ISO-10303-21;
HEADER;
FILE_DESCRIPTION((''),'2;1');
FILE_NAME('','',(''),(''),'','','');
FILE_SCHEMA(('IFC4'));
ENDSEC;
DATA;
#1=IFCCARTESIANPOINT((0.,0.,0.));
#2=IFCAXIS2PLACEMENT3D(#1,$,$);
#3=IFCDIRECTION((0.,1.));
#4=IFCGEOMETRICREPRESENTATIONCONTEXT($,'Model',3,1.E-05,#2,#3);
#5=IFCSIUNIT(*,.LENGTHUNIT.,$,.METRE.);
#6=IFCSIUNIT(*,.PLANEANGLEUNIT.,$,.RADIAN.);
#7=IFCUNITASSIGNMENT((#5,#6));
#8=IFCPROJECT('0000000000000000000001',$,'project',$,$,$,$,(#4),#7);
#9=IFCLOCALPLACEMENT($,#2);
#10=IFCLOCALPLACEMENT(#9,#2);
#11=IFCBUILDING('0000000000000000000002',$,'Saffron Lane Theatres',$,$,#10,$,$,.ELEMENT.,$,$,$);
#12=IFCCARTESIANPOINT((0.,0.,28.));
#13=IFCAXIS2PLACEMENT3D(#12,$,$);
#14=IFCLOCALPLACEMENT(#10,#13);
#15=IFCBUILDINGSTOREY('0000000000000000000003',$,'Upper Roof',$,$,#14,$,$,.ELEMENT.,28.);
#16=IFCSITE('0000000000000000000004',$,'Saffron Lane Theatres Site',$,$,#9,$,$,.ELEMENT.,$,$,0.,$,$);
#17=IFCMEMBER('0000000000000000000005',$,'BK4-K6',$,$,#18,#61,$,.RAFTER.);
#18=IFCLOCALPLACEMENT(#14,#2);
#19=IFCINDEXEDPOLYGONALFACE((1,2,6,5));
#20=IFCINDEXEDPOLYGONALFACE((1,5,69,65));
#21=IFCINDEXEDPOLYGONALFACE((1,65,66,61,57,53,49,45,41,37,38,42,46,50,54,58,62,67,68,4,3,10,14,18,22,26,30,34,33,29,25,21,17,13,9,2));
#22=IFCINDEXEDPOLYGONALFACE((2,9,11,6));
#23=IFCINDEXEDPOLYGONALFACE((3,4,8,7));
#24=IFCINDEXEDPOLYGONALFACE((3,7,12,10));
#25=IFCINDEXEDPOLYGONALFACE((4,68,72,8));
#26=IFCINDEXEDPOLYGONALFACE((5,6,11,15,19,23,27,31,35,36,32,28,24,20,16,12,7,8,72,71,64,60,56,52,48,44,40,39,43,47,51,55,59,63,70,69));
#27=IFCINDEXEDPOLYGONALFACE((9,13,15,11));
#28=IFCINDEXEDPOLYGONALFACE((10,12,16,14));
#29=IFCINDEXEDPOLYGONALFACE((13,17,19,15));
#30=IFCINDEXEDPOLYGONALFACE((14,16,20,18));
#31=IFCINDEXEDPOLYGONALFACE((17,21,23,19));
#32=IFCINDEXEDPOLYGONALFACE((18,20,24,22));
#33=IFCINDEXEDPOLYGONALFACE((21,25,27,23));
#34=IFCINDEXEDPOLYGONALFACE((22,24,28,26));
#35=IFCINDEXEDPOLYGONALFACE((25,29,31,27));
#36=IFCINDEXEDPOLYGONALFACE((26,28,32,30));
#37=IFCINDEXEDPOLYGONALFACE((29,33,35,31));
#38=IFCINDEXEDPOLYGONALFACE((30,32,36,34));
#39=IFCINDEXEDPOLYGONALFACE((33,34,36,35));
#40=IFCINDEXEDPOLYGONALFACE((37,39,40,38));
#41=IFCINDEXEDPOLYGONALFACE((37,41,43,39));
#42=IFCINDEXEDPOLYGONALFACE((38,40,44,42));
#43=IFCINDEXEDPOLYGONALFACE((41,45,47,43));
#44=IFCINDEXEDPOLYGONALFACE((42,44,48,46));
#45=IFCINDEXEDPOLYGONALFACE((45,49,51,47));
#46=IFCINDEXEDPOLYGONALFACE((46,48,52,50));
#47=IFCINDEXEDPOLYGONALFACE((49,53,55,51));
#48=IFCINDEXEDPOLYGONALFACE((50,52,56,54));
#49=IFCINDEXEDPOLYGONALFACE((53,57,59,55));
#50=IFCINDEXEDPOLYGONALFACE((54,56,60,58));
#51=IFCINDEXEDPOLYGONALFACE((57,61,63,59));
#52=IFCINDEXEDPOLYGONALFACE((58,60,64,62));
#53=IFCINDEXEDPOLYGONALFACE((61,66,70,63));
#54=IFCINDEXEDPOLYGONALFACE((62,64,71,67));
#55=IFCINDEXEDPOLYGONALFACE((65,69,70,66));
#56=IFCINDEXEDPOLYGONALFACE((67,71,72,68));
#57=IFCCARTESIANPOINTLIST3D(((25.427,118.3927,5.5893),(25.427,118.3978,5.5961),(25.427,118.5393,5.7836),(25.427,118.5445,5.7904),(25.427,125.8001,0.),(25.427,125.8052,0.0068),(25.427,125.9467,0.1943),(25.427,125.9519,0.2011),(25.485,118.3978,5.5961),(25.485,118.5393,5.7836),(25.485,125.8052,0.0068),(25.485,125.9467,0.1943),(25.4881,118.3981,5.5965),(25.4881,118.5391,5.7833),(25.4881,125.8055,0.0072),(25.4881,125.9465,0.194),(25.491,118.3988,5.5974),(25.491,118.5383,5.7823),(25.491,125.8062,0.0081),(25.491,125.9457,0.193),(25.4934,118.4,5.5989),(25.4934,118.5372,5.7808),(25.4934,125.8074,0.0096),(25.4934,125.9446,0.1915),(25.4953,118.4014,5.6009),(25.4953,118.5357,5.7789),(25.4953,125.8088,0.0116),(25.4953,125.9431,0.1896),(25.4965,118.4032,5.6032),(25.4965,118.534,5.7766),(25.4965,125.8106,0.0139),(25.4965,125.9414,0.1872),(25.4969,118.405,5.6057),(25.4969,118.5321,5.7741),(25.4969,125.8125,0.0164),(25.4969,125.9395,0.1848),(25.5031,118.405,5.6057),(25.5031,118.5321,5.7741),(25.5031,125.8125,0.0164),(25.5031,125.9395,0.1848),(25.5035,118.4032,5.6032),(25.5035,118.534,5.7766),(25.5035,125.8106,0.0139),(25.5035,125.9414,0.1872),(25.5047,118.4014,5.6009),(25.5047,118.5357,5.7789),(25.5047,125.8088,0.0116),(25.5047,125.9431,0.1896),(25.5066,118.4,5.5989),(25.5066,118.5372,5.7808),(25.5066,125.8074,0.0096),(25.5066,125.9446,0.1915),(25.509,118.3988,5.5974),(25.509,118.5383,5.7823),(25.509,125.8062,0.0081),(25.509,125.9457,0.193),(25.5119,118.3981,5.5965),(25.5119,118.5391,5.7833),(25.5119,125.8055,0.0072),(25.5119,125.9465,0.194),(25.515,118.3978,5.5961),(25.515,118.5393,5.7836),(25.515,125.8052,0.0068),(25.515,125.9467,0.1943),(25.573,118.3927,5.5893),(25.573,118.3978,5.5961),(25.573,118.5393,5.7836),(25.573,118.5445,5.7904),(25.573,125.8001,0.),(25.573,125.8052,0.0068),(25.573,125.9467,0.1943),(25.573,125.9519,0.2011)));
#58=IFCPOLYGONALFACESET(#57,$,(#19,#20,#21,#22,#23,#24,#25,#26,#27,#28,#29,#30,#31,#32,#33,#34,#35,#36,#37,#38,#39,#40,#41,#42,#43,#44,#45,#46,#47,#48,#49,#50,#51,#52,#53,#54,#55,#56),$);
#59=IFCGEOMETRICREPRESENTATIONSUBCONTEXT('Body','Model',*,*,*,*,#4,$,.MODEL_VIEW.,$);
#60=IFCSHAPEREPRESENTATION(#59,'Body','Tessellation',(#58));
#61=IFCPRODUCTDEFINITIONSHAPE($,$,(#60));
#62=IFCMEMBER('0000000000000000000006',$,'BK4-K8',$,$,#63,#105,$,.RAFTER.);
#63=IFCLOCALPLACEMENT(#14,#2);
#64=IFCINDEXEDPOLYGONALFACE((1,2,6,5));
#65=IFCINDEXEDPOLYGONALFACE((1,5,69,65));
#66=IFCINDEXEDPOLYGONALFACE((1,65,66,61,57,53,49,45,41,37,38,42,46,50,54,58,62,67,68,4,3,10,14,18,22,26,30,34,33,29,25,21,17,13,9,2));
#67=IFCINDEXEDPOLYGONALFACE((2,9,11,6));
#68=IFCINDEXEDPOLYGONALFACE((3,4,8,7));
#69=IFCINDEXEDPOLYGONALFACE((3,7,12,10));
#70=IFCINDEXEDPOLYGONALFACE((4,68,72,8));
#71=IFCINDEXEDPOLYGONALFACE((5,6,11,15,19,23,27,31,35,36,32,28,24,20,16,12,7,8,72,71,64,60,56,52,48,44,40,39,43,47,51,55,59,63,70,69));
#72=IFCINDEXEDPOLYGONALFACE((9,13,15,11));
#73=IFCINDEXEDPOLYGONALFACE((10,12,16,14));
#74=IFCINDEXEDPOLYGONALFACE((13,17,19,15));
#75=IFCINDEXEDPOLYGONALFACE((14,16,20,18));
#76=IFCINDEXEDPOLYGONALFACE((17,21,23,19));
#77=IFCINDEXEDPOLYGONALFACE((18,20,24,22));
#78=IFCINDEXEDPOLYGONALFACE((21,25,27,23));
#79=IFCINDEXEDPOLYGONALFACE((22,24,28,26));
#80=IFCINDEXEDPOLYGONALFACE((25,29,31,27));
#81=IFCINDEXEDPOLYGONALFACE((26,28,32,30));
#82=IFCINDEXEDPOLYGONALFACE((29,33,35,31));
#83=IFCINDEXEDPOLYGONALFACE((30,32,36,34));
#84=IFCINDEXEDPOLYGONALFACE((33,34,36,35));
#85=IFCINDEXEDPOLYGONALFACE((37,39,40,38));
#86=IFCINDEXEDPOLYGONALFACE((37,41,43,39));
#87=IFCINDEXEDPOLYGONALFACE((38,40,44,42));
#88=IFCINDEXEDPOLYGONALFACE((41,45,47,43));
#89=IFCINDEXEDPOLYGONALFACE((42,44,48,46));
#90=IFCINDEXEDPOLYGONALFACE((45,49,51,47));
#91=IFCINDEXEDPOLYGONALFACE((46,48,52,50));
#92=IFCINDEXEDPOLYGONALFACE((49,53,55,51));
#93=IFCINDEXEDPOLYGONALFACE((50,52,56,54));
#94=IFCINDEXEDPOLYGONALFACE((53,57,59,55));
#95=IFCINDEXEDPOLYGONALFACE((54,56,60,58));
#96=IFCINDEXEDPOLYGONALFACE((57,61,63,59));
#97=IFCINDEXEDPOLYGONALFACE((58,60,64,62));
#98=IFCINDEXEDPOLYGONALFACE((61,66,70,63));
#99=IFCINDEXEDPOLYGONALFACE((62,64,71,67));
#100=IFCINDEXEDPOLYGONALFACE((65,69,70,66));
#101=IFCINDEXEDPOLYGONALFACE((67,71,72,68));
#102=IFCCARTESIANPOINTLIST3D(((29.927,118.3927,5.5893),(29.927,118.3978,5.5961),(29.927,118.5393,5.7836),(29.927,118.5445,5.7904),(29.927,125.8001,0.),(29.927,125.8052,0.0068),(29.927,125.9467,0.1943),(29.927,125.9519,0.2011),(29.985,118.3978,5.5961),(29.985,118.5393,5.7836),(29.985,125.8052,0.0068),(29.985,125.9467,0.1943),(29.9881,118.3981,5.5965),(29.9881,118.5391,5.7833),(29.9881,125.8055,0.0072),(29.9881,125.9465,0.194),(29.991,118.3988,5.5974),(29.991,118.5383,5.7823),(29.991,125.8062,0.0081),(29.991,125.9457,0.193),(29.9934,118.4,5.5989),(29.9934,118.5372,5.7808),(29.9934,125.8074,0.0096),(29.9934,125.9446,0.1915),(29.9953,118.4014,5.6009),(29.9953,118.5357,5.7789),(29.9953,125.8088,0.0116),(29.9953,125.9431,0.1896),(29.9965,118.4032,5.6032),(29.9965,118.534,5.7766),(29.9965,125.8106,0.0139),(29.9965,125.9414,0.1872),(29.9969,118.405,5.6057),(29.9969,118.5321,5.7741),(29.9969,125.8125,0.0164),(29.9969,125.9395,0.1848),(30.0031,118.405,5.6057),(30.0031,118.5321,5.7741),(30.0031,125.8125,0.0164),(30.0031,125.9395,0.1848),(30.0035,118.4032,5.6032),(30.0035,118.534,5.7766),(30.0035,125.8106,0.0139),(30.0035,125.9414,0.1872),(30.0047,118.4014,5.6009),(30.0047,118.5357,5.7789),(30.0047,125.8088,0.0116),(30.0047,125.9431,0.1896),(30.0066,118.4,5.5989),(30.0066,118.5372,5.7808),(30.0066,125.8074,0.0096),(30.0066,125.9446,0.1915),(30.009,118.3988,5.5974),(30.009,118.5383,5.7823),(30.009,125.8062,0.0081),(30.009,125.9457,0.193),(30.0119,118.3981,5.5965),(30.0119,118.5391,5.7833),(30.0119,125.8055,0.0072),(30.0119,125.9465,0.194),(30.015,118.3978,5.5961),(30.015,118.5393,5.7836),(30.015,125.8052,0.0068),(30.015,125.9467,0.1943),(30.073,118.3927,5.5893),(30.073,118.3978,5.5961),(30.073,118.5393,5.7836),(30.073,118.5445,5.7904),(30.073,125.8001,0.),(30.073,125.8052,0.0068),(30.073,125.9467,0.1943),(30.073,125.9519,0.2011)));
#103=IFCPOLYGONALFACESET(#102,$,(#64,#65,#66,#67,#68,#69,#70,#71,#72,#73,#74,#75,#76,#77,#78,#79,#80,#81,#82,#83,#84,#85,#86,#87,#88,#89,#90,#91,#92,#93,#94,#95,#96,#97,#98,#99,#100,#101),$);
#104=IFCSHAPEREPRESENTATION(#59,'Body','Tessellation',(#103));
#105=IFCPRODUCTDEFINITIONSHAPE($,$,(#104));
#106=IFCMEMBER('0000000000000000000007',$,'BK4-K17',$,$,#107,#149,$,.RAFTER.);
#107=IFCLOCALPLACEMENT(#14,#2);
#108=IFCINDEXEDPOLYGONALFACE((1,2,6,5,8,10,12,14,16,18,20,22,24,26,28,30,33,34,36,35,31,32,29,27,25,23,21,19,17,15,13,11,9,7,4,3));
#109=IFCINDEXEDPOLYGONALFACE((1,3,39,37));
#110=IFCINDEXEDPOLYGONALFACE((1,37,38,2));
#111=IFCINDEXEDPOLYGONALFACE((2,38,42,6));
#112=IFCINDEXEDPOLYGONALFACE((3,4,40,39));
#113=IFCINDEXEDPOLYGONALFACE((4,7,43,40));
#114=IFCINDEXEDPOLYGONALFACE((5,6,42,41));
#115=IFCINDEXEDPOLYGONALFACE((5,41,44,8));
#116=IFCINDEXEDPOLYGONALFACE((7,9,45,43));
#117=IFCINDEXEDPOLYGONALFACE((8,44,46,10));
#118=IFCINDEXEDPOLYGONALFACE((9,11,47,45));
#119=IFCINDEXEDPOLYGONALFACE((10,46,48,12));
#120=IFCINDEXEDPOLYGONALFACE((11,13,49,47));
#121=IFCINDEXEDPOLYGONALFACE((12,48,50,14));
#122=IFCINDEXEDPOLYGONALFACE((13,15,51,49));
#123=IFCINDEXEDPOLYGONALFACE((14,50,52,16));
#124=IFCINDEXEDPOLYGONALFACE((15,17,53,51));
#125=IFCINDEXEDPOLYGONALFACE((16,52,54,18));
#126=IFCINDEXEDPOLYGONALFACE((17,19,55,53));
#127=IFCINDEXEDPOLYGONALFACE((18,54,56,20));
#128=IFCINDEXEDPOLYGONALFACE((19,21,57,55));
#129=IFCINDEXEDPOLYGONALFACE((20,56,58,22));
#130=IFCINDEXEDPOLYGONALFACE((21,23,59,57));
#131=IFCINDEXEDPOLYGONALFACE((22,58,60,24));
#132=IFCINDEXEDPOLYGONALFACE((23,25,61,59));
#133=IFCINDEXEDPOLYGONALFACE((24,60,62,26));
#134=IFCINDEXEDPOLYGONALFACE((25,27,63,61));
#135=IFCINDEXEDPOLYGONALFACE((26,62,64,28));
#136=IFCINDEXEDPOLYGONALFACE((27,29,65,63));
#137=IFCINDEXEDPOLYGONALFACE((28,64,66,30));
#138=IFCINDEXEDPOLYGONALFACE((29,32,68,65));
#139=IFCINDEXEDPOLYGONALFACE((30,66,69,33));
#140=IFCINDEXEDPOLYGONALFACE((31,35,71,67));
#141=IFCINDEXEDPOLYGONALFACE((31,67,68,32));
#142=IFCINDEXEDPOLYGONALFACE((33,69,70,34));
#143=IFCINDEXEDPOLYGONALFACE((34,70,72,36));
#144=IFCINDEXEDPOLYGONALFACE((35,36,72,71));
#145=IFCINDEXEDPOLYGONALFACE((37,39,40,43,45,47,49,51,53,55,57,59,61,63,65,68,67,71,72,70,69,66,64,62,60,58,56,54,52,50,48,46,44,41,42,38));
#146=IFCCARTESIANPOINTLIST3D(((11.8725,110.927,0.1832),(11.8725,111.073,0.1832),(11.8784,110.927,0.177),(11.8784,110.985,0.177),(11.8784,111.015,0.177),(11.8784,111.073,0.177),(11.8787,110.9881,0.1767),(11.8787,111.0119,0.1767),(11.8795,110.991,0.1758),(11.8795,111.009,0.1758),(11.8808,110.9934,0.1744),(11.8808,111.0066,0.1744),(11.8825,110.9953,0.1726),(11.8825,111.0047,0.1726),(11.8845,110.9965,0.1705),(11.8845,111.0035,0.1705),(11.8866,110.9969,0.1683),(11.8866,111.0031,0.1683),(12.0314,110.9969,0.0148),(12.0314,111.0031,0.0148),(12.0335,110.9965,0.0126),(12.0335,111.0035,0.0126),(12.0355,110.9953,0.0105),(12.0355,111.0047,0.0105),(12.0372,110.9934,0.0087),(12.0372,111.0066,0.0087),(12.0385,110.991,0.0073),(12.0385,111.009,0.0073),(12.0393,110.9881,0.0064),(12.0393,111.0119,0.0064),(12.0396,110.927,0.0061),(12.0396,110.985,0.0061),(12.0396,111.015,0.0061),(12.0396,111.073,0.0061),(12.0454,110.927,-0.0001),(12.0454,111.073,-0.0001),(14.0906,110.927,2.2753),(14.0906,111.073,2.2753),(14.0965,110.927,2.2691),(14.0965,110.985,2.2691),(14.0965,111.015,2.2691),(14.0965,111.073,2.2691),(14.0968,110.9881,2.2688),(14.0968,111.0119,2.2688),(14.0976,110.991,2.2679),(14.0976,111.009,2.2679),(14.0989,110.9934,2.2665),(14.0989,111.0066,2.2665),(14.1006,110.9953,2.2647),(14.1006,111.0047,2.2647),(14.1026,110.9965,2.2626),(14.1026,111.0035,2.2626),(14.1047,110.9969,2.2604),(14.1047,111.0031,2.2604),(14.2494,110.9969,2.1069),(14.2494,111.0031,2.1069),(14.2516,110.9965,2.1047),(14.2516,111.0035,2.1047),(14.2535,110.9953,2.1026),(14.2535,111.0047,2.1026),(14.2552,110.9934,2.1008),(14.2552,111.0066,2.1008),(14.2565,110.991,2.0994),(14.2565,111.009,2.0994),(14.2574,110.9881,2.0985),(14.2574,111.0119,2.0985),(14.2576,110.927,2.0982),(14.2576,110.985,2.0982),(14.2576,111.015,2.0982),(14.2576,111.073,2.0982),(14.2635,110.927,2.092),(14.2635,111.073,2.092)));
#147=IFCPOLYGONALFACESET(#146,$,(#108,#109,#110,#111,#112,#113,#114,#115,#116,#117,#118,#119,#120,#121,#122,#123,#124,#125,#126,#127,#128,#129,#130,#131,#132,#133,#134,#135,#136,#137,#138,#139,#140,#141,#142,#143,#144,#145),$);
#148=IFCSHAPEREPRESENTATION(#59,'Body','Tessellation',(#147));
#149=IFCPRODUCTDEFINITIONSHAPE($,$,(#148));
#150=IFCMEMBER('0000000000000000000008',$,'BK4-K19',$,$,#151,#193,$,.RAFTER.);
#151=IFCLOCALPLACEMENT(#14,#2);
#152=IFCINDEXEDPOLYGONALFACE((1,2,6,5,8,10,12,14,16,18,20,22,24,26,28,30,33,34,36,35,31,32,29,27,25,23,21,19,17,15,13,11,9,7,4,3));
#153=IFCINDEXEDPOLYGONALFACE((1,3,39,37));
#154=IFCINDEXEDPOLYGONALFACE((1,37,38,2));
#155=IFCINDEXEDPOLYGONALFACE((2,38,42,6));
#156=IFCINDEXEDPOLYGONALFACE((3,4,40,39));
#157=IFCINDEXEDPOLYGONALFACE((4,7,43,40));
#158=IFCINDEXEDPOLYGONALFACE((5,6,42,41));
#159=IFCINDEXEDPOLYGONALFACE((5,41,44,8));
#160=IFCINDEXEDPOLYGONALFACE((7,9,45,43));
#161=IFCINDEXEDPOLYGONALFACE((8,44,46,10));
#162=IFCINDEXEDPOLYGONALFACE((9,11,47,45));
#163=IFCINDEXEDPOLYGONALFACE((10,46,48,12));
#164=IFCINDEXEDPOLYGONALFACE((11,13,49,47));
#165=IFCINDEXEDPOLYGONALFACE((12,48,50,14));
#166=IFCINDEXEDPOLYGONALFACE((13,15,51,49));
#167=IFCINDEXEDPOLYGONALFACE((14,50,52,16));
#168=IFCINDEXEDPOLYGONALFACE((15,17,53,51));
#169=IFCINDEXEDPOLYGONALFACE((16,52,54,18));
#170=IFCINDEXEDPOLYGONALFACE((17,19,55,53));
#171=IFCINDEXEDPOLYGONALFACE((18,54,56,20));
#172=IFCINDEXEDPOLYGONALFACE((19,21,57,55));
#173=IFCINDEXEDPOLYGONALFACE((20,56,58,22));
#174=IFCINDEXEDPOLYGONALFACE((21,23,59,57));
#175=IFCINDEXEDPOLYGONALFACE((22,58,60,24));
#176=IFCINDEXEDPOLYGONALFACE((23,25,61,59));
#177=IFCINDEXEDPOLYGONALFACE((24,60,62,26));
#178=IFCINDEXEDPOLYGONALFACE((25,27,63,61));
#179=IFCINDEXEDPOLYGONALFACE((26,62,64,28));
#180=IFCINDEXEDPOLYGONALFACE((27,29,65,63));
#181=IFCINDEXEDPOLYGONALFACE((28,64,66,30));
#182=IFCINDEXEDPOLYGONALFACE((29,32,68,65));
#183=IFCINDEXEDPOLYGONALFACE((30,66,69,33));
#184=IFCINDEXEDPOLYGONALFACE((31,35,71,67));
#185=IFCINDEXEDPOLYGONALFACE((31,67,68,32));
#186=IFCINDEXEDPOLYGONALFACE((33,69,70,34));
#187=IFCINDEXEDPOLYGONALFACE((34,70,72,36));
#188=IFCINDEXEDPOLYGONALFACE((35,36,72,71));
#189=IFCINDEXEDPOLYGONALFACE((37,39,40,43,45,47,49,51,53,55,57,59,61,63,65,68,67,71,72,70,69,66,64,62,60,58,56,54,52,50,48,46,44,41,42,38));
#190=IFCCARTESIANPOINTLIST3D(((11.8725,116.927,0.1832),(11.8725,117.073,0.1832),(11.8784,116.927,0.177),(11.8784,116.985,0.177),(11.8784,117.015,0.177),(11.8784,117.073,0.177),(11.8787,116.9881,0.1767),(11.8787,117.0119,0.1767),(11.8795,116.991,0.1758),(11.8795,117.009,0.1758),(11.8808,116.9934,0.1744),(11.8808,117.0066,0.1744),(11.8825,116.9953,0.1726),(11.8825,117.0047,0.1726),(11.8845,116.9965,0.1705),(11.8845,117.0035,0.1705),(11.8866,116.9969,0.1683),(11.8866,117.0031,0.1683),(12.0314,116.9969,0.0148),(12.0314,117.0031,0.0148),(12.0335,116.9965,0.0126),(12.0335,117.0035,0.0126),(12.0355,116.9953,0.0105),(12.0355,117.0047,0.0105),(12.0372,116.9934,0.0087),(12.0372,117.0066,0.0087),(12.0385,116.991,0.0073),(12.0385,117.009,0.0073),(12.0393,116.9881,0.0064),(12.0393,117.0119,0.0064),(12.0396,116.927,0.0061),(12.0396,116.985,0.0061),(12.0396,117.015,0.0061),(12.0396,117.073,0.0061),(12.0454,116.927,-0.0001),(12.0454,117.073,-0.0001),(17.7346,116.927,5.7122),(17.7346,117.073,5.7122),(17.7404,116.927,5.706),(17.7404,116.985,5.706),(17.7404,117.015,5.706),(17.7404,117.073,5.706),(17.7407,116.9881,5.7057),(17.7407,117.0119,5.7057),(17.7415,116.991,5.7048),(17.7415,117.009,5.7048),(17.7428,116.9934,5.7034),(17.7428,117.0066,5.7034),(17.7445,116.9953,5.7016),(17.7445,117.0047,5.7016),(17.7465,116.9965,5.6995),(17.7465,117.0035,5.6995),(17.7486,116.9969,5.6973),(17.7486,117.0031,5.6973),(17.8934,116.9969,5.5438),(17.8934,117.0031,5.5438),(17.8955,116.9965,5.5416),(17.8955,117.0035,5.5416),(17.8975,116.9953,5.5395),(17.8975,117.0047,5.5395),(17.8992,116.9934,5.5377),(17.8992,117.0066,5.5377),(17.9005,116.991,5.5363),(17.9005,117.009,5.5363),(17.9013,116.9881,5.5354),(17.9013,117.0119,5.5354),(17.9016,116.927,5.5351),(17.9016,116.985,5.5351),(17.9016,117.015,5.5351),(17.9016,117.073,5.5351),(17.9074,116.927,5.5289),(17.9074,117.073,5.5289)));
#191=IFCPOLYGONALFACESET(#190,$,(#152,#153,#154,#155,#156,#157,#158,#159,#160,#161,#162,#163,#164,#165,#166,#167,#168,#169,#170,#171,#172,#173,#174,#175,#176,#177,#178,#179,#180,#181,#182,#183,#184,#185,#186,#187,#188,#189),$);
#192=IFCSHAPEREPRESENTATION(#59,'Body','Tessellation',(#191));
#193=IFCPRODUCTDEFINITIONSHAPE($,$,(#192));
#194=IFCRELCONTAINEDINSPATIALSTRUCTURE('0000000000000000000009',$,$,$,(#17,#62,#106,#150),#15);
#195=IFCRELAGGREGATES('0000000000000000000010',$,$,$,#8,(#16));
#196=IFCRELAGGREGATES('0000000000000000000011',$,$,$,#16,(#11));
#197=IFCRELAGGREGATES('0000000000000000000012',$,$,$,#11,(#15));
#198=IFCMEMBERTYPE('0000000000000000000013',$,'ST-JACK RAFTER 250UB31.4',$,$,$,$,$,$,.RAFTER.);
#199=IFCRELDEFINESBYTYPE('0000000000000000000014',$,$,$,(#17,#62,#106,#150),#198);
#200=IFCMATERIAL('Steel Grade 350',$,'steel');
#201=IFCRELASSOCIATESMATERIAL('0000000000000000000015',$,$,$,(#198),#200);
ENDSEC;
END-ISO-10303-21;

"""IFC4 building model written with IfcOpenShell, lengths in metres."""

from ifc_helpers import new_model, si_unit, direction, frame, origin, origin_2d, place, context, subcontext, project, spatial, i_section, extrude, material, material_profile, profile_set, type_object, element, save


model = new_model("IFC4")

# Units and contexts
model_context = context("Model", 3, precision=1e-05, world=origin(), true_north=direction((0.0, 1.0)))
body_context = subcontext(model_context, "Body", "Model", "MODEL_VIEW")
ifc_project = project(units=[si_unit("LENGTHUNIT", "METRE"), si_unit("PLANEANGLEUNIT", "RADIAN")], contexts=[model_context])

# Site, building, storey
site_placement = place(None, origin())
site = spatial("IfcSite", under=ifc_project, at=site_placement, Name="Saffron Lane Theatres Site", CompositionType="ELEMENT", RefElevation=0.0)
building_placement = place(site_placement, origin())
building = spatial("IfcBuilding", under=site, at=building_placement, Name="Saffron Lane Theatres", CompositionType="ELEMENT")
storey_placement = place(building_placement, frame((0.0, 0.0, 28.0)))
storey = spatial("IfcBuildingStorey", under=building, at=storey_placement, Name="Upper Roof", CompositionType="ELEMENT", Elevation=28.0)

# Members
ifc_material_1 = material(Name="Steel Grade 350", Category="steel")
ifc_material_profile_1 = material_profile(ifc_material_1, i_section(OverallWidth=0.146, OverallDepth=0.252, WebThickness=0.0061, FlangeThickness=0.0085, FilletRadius=0.012, at=origin_2d()))
ifc_profile_set_1 = profile_set([ifc_material_profile_1], Name="Steel Grade 350")
member_type_1 = type_object("IfcMemberType", Name="ST-JACK RAFTER 250UB31.4", PredefinedType="RAFTER", material=ifc_profile_set_1)
for number, where, z_axis, x_axis, name in (
    (1, (25.5, 125.876, 0.1006), (0.0, -0.798251, 0.602325), (1.0, 0.0, 0.0), "BK4-K6"),
    (2, (30.0, 125.876, 0.1006), (0.0, -0.798251, 0.602325), (1.0, 0.0, 0.0), "BK4-K8"),
):
    element("IfcMember", number, at=place(storey_placement, frame(where, z_axis=z_axis, x_axis=x_axis)), inside=storey, type_object=member_type_1, Name=name, PredefinedType="RAFTER", context=body_context, shape_type="SweptSolid", body=[
        extrude(i_section(OverallWidth=0.146, OverallDepth=0.252, WebThickness=0.0061, FlangeThickness=0.0085, FilletRadius=0.012, at=origin_2d()), origin(), (0.0, 0.0, 1.0), 9.2795),
    ])
member_1_placement = place(storey_placement, frame((11.959, 111.0, 0.0916), z_axis=(0.727464, 0.0, 0.686146), x_axis=(0.0, 1.0, 0.0)))
element("IfcMember", 3, at=member_1_placement, inside=storey, type_object=member_type_1, Name="BK4-K17", PredefinedType="RAFTER", context=body_context, shape_type="SweptSolid", body=[
    extrude(i_section(OverallWidth=0.146, OverallDepth=0.252, WebThickness=0.0061, FlangeThickness=0.0085, FilletRadius=0.012, at=origin_2d()), origin(), (0.0, 0.0, 1.0), 3.0491),
])
member_2_placement = place(storey_placement, frame((11.959, 117.0, 0.0916), z_axis=(0.727468, 0.0, 0.686142), x_axis=(0.0, 1.0, 0.0)))
element("IfcMember", 4, at=member_2_placement, inside=storey, type_object=member_type_1, Name="BK4-K19", PredefinedType="RAFTER", context=body_context, shape_type="SweptSolid", body=[
    extrude(i_section(OverallWidth=0.146, OverallDepth=0.252, WebThickness=0.0061, FlangeThickness=0.0085, FilletRadius=0.012, at=origin_2d()), origin(), (0.0, 0.0, 1.0), 8.0581),
])

save(model, "model.ifc")
